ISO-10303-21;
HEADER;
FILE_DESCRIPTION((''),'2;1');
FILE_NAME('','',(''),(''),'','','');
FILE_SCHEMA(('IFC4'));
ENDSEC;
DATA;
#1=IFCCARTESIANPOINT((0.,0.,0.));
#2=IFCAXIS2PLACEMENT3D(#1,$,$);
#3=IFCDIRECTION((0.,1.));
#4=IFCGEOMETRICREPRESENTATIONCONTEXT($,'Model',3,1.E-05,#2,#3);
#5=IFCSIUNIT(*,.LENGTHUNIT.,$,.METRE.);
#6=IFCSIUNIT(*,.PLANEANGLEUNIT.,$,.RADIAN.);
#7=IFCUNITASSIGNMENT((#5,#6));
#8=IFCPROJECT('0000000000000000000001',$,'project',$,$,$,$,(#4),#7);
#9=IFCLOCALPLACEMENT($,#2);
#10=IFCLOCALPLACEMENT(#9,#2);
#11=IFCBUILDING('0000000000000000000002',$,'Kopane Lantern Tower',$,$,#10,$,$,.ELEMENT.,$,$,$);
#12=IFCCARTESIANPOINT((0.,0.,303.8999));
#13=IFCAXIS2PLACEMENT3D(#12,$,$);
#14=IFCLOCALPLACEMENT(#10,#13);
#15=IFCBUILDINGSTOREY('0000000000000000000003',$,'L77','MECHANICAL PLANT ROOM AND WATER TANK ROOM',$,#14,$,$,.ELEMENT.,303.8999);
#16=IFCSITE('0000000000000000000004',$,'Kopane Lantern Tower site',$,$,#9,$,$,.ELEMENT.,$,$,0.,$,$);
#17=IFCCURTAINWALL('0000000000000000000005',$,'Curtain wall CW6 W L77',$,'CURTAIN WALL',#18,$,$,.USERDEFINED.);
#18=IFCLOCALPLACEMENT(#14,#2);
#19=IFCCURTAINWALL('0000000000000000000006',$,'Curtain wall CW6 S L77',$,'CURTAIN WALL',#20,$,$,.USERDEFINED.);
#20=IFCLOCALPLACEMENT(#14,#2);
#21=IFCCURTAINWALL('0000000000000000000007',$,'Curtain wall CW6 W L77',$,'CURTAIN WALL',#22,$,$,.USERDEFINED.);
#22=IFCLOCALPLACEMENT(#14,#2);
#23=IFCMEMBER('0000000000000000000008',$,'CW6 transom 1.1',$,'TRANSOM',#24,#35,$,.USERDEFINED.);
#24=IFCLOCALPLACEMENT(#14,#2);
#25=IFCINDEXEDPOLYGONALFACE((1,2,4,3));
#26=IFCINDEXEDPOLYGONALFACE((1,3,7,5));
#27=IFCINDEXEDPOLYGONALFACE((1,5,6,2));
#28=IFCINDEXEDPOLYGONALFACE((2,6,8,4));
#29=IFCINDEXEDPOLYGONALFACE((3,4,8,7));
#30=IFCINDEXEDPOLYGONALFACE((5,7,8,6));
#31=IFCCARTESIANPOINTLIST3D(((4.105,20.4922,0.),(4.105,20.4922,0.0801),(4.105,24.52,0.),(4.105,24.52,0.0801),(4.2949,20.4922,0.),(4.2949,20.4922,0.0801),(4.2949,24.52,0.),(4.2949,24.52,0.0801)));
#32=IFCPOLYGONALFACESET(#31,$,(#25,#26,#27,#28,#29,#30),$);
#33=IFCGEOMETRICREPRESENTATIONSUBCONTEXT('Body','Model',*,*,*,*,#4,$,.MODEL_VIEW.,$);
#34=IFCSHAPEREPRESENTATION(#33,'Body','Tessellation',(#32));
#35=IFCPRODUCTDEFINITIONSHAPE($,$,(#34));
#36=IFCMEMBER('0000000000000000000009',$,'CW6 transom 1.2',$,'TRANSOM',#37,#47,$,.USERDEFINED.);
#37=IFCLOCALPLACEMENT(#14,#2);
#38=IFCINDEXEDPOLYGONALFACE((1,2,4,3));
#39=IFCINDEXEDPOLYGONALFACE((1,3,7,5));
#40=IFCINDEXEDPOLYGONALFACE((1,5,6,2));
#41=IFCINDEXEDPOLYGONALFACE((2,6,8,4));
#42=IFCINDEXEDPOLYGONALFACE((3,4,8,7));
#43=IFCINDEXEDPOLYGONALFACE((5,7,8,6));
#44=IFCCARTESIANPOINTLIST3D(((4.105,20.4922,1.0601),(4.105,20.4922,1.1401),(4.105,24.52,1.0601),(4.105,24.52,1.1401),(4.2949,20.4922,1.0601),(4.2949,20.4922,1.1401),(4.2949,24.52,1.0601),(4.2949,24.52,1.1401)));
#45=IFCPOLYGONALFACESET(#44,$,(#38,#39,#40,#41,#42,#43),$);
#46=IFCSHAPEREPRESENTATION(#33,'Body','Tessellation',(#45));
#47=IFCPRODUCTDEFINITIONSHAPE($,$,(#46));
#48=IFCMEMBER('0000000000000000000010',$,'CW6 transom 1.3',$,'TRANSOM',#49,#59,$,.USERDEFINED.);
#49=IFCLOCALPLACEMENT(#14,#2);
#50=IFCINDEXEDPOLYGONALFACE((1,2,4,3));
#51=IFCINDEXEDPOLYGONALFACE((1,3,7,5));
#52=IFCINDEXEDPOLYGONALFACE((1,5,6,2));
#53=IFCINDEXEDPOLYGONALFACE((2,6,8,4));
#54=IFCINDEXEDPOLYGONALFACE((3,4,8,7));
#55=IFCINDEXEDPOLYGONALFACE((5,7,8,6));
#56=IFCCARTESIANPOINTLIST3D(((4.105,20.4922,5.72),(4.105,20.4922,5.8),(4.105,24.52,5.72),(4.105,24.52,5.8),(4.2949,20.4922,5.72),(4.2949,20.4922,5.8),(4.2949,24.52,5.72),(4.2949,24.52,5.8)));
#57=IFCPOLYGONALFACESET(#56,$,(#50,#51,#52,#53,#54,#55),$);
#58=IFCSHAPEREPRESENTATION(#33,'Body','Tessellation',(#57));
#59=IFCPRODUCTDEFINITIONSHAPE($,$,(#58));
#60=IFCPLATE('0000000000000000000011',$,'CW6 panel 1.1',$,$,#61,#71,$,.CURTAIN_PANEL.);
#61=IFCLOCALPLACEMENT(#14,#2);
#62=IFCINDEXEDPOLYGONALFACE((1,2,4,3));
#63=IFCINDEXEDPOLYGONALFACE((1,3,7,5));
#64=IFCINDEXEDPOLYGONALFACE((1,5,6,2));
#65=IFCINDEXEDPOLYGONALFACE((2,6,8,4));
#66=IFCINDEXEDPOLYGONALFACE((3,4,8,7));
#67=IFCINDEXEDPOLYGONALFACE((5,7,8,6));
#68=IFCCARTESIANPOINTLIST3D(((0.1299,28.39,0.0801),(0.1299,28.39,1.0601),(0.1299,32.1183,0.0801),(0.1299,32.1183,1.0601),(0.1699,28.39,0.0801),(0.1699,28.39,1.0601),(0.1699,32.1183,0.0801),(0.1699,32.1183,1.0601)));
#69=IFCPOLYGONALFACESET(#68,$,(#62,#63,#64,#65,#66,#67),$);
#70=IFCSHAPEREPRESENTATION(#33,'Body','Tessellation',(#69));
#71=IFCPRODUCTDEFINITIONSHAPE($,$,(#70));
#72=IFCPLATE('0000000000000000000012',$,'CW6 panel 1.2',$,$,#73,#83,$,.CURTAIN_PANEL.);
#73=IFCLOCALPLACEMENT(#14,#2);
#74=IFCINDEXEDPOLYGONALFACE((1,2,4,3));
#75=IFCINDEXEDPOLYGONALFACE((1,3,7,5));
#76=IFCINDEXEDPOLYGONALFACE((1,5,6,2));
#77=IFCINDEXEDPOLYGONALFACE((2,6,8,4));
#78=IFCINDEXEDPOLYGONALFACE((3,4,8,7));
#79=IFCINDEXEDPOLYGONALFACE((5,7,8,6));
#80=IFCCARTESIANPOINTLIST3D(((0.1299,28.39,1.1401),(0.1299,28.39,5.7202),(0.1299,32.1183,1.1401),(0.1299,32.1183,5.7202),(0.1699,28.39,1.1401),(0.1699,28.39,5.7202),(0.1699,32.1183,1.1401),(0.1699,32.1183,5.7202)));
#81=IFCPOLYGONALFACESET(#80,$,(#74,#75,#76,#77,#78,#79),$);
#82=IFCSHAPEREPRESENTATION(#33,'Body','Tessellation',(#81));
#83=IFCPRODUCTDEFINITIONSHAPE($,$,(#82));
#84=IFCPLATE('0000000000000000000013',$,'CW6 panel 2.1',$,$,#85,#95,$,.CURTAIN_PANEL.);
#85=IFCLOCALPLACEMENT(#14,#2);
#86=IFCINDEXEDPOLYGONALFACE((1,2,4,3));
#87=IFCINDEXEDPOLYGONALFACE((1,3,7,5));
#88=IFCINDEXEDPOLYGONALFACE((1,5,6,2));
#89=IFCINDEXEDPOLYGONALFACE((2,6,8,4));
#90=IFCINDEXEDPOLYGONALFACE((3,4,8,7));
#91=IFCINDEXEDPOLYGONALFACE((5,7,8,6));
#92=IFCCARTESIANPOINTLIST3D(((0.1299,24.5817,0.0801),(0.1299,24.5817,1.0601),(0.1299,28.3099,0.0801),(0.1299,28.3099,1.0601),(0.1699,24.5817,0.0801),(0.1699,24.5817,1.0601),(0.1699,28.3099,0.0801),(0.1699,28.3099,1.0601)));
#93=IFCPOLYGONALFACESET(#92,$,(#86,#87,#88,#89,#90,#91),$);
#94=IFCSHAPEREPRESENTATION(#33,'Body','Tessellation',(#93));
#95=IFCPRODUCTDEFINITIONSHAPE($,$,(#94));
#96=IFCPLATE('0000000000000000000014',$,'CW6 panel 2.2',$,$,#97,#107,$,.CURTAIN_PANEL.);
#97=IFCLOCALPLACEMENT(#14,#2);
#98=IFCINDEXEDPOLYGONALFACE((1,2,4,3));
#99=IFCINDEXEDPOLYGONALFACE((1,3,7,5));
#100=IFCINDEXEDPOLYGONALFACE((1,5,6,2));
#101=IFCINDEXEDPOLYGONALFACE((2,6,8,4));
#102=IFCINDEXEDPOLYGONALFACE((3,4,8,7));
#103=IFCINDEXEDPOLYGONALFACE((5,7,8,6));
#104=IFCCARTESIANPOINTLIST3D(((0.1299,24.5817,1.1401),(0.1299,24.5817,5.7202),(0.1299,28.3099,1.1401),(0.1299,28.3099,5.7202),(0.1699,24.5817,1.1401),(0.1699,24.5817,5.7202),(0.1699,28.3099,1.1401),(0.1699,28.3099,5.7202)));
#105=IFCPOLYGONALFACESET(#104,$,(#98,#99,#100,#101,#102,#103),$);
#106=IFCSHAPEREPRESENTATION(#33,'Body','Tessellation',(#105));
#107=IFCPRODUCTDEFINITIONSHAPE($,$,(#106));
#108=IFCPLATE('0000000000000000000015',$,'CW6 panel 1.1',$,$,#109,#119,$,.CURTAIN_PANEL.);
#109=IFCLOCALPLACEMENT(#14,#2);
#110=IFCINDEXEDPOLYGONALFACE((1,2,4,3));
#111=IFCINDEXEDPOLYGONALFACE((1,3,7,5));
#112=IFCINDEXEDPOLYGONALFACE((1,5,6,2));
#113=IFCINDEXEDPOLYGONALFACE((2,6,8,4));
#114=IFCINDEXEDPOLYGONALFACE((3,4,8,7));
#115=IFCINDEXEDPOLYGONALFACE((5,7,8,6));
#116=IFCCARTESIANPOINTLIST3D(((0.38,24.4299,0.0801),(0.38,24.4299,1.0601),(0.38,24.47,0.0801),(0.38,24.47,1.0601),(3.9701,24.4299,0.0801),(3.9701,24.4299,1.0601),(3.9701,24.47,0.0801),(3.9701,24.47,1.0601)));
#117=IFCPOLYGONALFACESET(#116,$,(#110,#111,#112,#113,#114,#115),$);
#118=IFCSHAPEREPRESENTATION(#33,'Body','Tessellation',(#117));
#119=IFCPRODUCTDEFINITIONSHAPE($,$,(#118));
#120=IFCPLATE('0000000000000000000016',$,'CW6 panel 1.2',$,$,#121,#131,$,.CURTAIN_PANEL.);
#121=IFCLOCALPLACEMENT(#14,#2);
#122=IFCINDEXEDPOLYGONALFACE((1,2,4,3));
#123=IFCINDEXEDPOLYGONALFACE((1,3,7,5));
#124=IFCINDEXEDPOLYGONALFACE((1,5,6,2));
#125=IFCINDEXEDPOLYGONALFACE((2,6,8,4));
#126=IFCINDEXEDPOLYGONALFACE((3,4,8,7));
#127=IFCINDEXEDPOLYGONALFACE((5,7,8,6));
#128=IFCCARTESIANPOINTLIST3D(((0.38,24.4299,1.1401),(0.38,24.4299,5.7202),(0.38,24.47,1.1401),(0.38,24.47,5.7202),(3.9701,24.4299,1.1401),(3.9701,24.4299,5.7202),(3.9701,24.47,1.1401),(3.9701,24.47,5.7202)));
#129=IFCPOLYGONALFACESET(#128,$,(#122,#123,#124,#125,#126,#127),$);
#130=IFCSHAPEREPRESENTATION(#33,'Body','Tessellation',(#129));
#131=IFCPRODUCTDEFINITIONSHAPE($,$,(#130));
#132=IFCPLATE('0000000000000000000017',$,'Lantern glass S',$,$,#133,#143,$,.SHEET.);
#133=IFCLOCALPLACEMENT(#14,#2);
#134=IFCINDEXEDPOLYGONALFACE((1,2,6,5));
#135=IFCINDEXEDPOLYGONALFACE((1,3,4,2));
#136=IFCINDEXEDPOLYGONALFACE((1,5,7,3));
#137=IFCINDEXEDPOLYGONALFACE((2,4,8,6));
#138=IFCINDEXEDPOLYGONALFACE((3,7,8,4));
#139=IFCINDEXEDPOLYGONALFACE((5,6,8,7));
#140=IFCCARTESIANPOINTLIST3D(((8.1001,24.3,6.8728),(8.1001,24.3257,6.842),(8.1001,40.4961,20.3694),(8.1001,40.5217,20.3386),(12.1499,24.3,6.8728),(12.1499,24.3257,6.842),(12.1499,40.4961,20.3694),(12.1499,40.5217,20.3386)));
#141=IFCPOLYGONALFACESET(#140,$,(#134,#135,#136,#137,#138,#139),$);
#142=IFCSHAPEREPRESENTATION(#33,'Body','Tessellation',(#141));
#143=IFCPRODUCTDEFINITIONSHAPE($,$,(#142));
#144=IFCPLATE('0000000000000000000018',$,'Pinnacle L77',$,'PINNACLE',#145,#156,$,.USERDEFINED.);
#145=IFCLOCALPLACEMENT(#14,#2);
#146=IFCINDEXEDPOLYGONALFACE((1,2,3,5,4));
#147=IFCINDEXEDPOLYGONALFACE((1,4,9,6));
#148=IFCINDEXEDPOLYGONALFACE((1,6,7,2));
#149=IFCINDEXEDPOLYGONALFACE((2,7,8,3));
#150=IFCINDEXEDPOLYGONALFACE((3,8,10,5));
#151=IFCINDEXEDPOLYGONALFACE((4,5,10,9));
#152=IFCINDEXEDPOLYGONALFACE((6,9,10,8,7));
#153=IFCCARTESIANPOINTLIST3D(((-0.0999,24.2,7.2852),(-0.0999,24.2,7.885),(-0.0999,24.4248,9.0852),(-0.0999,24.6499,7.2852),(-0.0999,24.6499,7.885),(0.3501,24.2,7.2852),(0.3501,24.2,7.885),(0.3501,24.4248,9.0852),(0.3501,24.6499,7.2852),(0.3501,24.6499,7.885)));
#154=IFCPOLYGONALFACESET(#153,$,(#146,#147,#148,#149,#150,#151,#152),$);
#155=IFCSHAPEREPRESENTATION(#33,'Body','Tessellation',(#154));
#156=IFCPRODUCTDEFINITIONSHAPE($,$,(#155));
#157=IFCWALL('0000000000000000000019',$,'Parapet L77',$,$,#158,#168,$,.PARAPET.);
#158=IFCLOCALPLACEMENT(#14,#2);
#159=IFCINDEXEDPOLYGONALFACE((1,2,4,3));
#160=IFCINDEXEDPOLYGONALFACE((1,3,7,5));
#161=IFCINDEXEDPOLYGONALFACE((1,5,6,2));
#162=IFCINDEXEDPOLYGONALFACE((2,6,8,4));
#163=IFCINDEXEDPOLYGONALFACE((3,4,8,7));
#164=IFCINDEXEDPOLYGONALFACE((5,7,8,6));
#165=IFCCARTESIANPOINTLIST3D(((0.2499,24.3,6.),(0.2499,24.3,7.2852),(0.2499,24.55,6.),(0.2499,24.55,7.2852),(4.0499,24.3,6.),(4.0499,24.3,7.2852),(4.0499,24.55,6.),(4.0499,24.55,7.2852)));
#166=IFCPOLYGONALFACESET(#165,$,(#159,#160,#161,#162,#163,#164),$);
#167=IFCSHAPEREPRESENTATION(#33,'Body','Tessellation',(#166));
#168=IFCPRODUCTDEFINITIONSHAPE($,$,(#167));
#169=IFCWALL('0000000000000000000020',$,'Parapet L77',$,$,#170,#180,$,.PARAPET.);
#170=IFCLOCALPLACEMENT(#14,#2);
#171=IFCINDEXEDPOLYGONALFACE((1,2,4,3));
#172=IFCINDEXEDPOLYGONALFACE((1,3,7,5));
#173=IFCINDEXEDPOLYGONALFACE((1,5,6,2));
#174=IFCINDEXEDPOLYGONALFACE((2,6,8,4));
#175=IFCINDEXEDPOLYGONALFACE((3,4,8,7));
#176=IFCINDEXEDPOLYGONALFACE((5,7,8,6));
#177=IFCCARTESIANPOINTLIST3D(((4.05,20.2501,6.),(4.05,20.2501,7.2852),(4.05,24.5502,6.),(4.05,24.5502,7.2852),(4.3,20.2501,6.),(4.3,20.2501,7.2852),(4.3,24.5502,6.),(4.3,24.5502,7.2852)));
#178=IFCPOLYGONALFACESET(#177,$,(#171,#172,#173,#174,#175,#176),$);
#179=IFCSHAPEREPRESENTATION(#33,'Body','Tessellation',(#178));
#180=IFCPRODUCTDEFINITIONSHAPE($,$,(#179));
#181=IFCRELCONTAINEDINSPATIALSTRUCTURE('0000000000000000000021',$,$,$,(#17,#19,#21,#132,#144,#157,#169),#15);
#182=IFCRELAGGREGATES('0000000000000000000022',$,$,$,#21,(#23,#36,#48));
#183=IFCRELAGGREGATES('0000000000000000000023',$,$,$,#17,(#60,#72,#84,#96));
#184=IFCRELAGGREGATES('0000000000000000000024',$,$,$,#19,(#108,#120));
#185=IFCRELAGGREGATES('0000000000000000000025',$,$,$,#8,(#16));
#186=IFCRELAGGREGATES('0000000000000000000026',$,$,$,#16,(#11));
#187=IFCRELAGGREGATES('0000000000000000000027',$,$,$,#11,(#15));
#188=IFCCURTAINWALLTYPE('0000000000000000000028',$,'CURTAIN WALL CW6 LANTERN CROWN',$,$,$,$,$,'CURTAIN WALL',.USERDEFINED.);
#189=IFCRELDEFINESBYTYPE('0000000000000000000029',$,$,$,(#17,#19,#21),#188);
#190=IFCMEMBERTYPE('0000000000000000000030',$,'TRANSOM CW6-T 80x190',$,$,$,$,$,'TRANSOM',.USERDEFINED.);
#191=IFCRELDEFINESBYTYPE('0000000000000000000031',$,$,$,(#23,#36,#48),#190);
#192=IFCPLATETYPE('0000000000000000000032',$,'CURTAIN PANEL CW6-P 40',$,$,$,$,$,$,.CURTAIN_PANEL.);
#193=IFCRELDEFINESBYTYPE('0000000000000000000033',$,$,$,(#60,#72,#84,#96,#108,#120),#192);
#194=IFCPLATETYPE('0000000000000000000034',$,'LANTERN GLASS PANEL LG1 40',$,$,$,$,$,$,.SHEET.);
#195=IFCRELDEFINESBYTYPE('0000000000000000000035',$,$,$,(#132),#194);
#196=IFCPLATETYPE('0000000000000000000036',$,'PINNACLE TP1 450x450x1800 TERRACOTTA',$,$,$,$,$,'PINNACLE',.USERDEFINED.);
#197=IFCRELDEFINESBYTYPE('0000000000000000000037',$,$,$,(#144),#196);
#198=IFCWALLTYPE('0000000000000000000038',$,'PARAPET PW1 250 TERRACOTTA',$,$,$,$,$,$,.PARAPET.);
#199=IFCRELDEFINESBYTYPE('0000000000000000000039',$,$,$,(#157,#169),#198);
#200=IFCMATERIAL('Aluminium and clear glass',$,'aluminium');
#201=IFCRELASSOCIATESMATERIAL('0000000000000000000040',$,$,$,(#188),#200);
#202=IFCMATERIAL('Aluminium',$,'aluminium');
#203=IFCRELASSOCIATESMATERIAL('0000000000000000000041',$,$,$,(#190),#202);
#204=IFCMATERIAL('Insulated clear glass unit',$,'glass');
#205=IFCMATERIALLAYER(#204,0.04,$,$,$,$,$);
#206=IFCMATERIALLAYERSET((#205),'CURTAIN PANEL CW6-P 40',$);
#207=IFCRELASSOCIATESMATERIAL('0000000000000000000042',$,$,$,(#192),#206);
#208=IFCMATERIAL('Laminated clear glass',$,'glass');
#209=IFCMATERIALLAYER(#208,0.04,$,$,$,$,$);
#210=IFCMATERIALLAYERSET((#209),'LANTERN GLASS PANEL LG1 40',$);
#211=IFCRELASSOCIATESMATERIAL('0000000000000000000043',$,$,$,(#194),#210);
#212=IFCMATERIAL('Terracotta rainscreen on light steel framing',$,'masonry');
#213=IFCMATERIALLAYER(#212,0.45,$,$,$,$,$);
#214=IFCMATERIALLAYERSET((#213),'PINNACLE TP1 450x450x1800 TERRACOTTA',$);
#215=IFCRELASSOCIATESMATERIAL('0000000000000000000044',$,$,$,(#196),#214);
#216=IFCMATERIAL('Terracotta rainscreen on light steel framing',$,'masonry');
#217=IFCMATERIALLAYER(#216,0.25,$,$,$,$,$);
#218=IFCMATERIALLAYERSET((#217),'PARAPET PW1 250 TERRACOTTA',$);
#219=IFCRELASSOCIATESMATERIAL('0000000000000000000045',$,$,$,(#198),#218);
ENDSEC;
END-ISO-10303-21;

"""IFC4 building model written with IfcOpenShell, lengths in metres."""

from ifc_helpers import new_model, si_unit, direction, frame, frame_2d, origin, origin_2d, place, context, subcontext, project, spatial, polyline, rectangle, outline, extrude, material, layer, layer_set, material_profile, profile_set, type_object, element, aggregate, save


model = new_model("IFC4")

# Units and contexts
model_context = context("Model", 3, precision=1e-05, world=origin(), true_north=direction((0.0, 1.0)))
body_context = subcontext(model_context, "Body", "Model", "MODEL_VIEW")
ifc_project = project(units=[si_unit("LENGTHUNIT", "METRE"), si_unit("PLANEANGLEUNIT", "RADIAN")], contexts=[model_context])

# Site, building, storey
site_placement = place(None, origin())
site = spatial("IfcSite", under=ifc_project, at=site_placement, Name="Kopane Lantern Tower site", CompositionType="ELEMENT", RefElevation=0.0)
building_placement = place(site_placement, origin())
building = spatial("IfcBuilding", under=site, at=building_placement, Name="Kopane Lantern Tower", CompositionType="ELEMENT")
storey_placement = place(building_placement, frame((0.0, 0.0, 303.8999)))
storey = spatial("IfcBuildingStorey", under=building, at=storey_placement, Name="L77", Description="MECHANICAL PLANT ROOM AND WATER TANK ROOM", CompositionType="ELEMENT", Elevation=303.8999)

# Curtain walls
ifc_material_1 = material(Name="Aluminium and clear glass", Category="aluminium")
curtain_wall_type = type_object("IfcCurtainWallType", Name="CURTAIN WALL CW6 LANTERN CROWN", ElementType="CURTAIN WALL", PredefinedType="USERDEFINED", material=ifc_material_1)
curtain_wall_1_placement = place(storey_placement, origin())
curtain_wall_1 = element("IfcCurtainWall", 1, at=curtain_wall_1_placement, inside=storey, type_object=curtain_wall_type, Name="Curtain wall CW6 W L77", ObjectType="CURTAIN WALL", PredefinedType="USERDEFINED")
curtain_wall_2_placement = place(storey_placement, origin())
curtain_wall_2 = element("IfcCurtainWall", 2, at=curtain_wall_2_placement, inside=storey, type_object=curtain_wall_type, Name="Curtain wall CW6 S L77", ObjectType="CURTAIN WALL", PredefinedType="USERDEFINED")

# Curtain wall
curtain_wall_3_placement = place(storey_placement, origin())
curtain_wall_3 = element("IfcCurtainWall", 3, at=curtain_wall_3_placement, inside=storey, type_object=curtain_wall_type, Name="Curtain wall CW6 W L77", ObjectType="CURTAIN WALL", PredefinedType="USERDEFINED")

# Members
ifc_material_2 = material(Name="Aluminium", Category="aluminium")
ifc_material_profile_1 = material_profile(ifc_material_2, rectangle(XDim=0.1899, YDim=0.0801, at=origin_2d()), Name="AL 190x80")
ifc_profile_set_1 = profile_set([ifc_material_profile_1], Name="Aluminium")
member_type_1 = type_object("IfcMemberType", Name="TRANSOM CW6-T 80x190", ElementType="TRANSOM", PredefinedType="USERDEFINED", material=ifc_profile_set_1)
member_1_placement = place(storey_placement, frame((4.2, 24.52, 0.04), z_axis=(0.0, -1.0, 0.0), x_axis=(1.0, 0.0, 0.0)))
member_1 = element("IfcMember", 4, at=member_1_placement, type_object=member_type_1, Name="CW6 transom 1.1", ObjectType="TRANSOM", PredefinedType="USERDEFINED", context=body_context, shape_type="SweptSolid", body=[
    extrude(rectangle(XDim=0.1899, YDim=0.0801, at=origin_2d()), origin(), (0.0, 0.0, 1.0), 4.0278),
])
member_2_placement = place(storey_placement, frame((4.2, 24.52, 1.1001), z_axis=(0.0, -1.0, 0.0), x_axis=(1.0, 0.0, 0.0)))
member_2 = element("IfcMember", 5, at=member_2_placement, type_object=member_type_1, Name="CW6 transom 1.2", ObjectType="TRANSOM", PredefinedType="USERDEFINED", context=body_context, shape_type="SweptSolid", body=[
    extrude(rectangle(XDim=0.1899, YDim=0.0801, at=origin_2d()), origin(), (0.0, 0.0, 1.0), 4.0278),
])
member_3_placement = place(storey_placement, frame((4.2, 24.52, 5.76), z_axis=(0.0, -1.0, 0.0), x_axis=(1.0, 0.0, 0.0)))
member_3 = element("IfcMember", 6, at=member_3_placement, type_object=member_type_1, Name="CW6 transom 1.3", ObjectType="TRANSOM", PredefinedType="USERDEFINED", context=body_context, shape_type="SweptSolid", body=[
    extrude(rectangle(XDim=0.1899, YDim=0.0801, at=origin_2d()), origin(), (0.0, 0.0, 1.0), 4.0278),
])
aggregate(curtain_wall_3, [member_1, member_2, member_3])

# Plates
ifc_material_3 = material(Name="Insulated clear glass unit", Category="glass")
ifc_layer_1 = layer(ifc_material_3, 0.04)
ifc_layer_set_1 = layer_set([ifc_layer_1], Name="CURTAIN PANEL CW6-P 40")
plate_type_1 = type_object("IfcPlateType", Name="CURTAIN PANEL CW6-P 40", PredefinedType="CURTAIN_PANEL", material=ifc_layer_set_1)
plate_1_placement = place(storey_placement, frame((0.1499, 30.2542, 0.0801), z_axis=(0.0, 0.0, 1.0), x_axis=(0.0, -1.0, 0.0)))
plate_1 = element("IfcPlate", 7, at=plate_1_placement, type_object=plate_type_1, Name="CW6 panel 1.1", PredefinedType="CURTAIN_PANEL", context=body_context, shape_type="SweptSolid", body=[
    extrude(rectangle(XDim=3.7283, YDim=0.04, at=origin_2d()), origin(), (0.0, 0.0, 1.0), 0.98),
])
plate_2_placement = place(storey_placement, frame((0.1499, 30.2542, 1.1401), z_axis=(0.0, 0.0, 1.0), x_axis=(0.0, -1.0, 0.0)))
plate_2 = element("IfcPlate", 8, at=plate_2_placement, type_object=plate_type_1, Name="CW6 panel 1.2", PredefinedType="CURTAIN_PANEL", context=body_context, shape_type="SweptSolid", body=[
    extrude(rectangle(XDim=3.7283, YDim=0.04, at=origin_2d()), origin(), (0.0, 0.0, 1.0), 4.5801),
])
plate_3_placement = place(storey_placement, frame((0.1499, 26.4458, 0.0801), z_axis=(0.0, 0.0, 1.0), x_axis=(0.0, -1.0, 0.0)))
plate_3 = element("IfcPlate", 9, at=plate_3_placement, type_object=plate_type_1, Name="CW6 panel 2.1", PredefinedType="CURTAIN_PANEL", context=body_context, shape_type="SweptSolid", body=[
    extrude(rectangle(XDim=3.7283, YDim=0.04, at=origin_2d()), origin(), (0.0, 0.0, 1.0), 0.98),
])
plate_4_placement = place(storey_placement, frame((0.1499, 26.4458, 1.1401), z_axis=(0.0, 0.0, 1.0), x_axis=(0.0, -1.0, 0.0)))
plate_4 = element("IfcPlate", 10, at=plate_4_placement, type_object=plate_type_1, Name="CW6 panel 2.2", PredefinedType="CURTAIN_PANEL", context=body_context, shape_type="SweptSolid", body=[
    extrude(rectangle(XDim=3.7283, YDim=0.04, at=origin_2d()), origin(), (0.0, 0.0, 1.0), 4.5801),
])
aggregate(curtain_wall_1, [plate_1, plate_2, plate_3, plate_4])
plate_5_placement = place(storey_placement, frame((2.175, 24.45, 0.0801), z_axis=(0.0, 0.0, 1.0), x_axis=(1.0, 0.0, 0.0)))
plate_5 = element("IfcPlate", 11, at=plate_5_placement, type_object=plate_type_1, Name="CW6 panel 1.1", PredefinedType="CURTAIN_PANEL", context=body_context, shape_type="SweptSolid", body=[
    extrude(rectangle(XDim=3.5901, YDim=0.04, at=origin_2d()), origin(), (0.0, 0.0, 1.0), 0.98),
])
plate_6_placement = place(storey_placement, frame((2.175, 24.45, 1.1401), z_axis=(0.0, 0.0, 1.0), x_axis=(1.0, 0.0, 0.0)))
plate_6 = element("IfcPlate", 12, at=plate_6_placement, type_object=plate_type_1, Name="CW6 panel 1.2", PredefinedType="CURTAIN_PANEL", context=body_context, shape_type="SweptSolid", body=[
    extrude(rectangle(XDim=3.5901, YDim=0.04, at=origin_2d()), origin(), (0.0, 0.0, 1.0), 4.5801),
])
aggregate(curtain_wall_2, [plate_5, plate_6])

# Plates
ifc_material_4 = material(Name="Laminated clear glass", Category="glass")
ifc_layer_2 = layer(ifc_material_4, 0.04)
ifc_layer_set_2 = layer_set([ifc_layer_2], Name="LANTERN GLASS PANEL LG1 40")
plate_type_2 = type_object("IfcPlateType", Name="LANTERN GLASS PANEL LG1 40", PredefinedType="SHEET", material=ifc_layer_set_2)
plate_7_placement = place(storey_placement, frame((8.1001, 24.3, 6.8728), z_axis=(0.0, -0.640181, 0.768224), x_axis=(1.0, 0.0, 0.0)))
element("IfcPlate", 13, at=plate_7_placement, inside=storey, type_object=plate_type_2, Name="Lantern glass S", PredefinedType="SHEET", context=body_context, shape_type="SweptSolid", body=[
    extrude(outline(polyline([(0.0, 0.0), (4.0498, 0.0), (4.0498, 21.0824), (0.0, 21.0824), (0.0, 0.0)])), origin(), (0.0, 0.0, -1.0), 0.04),
])
ifc_material_5 = material(Name="Terracotta rainscreen on light steel framing", Category="masonry")
ifc_layer_3 = layer(ifc_material_5, 0.45)
ifc_layer_set_3 = layer_set([ifc_layer_3], Name="PINNACLE TP1 450x450x1800 TERRACOTTA")
plate_type_3 = type_object("IfcPlateType", Name="PINNACLE TP1 450x450x1800 TERRACOTTA", ElementType="PINNACLE", PredefinedType="USERDEFINED", material=ifc_layer_set_3)
plate_8_placement = place(storey_placement, frame((0.125, 24.6499, 7.2852), z_axis=(0.0, 0.0, 1.0), x_axis=(0.0, -1.0, 0.0)))
element("IfcPlate", 14, at=plate_8_placement, inside=storey, type_object=plate_type_3, Name="Pinnacle L77", ObjectType="PINNACLE", PredefinedType="USERDEFINED", context=body_context, shape_type="SweptSolid", body=[
    extrude(outline(polyline([(0.0, 0.0), (0.45, 0.0), (0.45, 0.5999), (0.2251, 1.8), (0.0, 0.5999), (0.0, 0.0)])), frame((0.0, 0.2251, 0.0), z_axis=(0.0, -1.0, 0.0), x_axis=(1.0, 0.0, 0.0)), (0.0, 0.0, 1.0), 0.45),
])

# Walls
ifc_material_6 = material(Name="Terracotta rainscreen on light steel framing", Category="masonry")
ifc_layer_4 = layer(ifc_material_6, 0.25)
ifc_layer_set_4 = layer_set([ifc_layer_4], Name="PARAPET PW1 250 TERRACOTTA")
wall_type = type_object("IfcWallType", Name="PARAPET PW1 250 TERRACOTTA", PredefinedType="PARAPET", material=ifc_layer_set_4)
wall_1_placement = place(storey_placement, frame((0.25, 24.425, 6.0), z_axis=(0.0, 0.0, 1.0), x_axis=(1.0, 0.0, 0.0)))
element("IfcWall", 15, at=wall_1_placement, inside=storey, type_object=wall_type, Name="Parapet L77", PredefinedType="PARAPET", context=body_context, shape_type="SweptSolid", body=[
    extrude(rectangle(XDim=3.8, YDim=0.25, at=frame_2d((1.8999, 0.0))), origin(), (0.0, 0.0, 1.0), 1.2852),
])
wall_2_placement = place(storey_placement, frame((4.175, 24.55, 6.0), z_axis=(0.0, 0.0, 1.0), x_axis=(0.0, -1.0, 0.0)))
element("IfcWall", 16, at=wall_2_placement, inside=storey, type_object=wall_type, Name="Parapet L77", PredefinedType="PARAPET", context=body_context, shape_type="SweptSolid", body=[
    extrude(rectangle(XDim=4.3, YDim=0.25, at=frame_2d((2.1499, 0.0))), origin(), (0.0, 0.0, 1.0), 1.2852),
])

save(model, "model.ifc")
